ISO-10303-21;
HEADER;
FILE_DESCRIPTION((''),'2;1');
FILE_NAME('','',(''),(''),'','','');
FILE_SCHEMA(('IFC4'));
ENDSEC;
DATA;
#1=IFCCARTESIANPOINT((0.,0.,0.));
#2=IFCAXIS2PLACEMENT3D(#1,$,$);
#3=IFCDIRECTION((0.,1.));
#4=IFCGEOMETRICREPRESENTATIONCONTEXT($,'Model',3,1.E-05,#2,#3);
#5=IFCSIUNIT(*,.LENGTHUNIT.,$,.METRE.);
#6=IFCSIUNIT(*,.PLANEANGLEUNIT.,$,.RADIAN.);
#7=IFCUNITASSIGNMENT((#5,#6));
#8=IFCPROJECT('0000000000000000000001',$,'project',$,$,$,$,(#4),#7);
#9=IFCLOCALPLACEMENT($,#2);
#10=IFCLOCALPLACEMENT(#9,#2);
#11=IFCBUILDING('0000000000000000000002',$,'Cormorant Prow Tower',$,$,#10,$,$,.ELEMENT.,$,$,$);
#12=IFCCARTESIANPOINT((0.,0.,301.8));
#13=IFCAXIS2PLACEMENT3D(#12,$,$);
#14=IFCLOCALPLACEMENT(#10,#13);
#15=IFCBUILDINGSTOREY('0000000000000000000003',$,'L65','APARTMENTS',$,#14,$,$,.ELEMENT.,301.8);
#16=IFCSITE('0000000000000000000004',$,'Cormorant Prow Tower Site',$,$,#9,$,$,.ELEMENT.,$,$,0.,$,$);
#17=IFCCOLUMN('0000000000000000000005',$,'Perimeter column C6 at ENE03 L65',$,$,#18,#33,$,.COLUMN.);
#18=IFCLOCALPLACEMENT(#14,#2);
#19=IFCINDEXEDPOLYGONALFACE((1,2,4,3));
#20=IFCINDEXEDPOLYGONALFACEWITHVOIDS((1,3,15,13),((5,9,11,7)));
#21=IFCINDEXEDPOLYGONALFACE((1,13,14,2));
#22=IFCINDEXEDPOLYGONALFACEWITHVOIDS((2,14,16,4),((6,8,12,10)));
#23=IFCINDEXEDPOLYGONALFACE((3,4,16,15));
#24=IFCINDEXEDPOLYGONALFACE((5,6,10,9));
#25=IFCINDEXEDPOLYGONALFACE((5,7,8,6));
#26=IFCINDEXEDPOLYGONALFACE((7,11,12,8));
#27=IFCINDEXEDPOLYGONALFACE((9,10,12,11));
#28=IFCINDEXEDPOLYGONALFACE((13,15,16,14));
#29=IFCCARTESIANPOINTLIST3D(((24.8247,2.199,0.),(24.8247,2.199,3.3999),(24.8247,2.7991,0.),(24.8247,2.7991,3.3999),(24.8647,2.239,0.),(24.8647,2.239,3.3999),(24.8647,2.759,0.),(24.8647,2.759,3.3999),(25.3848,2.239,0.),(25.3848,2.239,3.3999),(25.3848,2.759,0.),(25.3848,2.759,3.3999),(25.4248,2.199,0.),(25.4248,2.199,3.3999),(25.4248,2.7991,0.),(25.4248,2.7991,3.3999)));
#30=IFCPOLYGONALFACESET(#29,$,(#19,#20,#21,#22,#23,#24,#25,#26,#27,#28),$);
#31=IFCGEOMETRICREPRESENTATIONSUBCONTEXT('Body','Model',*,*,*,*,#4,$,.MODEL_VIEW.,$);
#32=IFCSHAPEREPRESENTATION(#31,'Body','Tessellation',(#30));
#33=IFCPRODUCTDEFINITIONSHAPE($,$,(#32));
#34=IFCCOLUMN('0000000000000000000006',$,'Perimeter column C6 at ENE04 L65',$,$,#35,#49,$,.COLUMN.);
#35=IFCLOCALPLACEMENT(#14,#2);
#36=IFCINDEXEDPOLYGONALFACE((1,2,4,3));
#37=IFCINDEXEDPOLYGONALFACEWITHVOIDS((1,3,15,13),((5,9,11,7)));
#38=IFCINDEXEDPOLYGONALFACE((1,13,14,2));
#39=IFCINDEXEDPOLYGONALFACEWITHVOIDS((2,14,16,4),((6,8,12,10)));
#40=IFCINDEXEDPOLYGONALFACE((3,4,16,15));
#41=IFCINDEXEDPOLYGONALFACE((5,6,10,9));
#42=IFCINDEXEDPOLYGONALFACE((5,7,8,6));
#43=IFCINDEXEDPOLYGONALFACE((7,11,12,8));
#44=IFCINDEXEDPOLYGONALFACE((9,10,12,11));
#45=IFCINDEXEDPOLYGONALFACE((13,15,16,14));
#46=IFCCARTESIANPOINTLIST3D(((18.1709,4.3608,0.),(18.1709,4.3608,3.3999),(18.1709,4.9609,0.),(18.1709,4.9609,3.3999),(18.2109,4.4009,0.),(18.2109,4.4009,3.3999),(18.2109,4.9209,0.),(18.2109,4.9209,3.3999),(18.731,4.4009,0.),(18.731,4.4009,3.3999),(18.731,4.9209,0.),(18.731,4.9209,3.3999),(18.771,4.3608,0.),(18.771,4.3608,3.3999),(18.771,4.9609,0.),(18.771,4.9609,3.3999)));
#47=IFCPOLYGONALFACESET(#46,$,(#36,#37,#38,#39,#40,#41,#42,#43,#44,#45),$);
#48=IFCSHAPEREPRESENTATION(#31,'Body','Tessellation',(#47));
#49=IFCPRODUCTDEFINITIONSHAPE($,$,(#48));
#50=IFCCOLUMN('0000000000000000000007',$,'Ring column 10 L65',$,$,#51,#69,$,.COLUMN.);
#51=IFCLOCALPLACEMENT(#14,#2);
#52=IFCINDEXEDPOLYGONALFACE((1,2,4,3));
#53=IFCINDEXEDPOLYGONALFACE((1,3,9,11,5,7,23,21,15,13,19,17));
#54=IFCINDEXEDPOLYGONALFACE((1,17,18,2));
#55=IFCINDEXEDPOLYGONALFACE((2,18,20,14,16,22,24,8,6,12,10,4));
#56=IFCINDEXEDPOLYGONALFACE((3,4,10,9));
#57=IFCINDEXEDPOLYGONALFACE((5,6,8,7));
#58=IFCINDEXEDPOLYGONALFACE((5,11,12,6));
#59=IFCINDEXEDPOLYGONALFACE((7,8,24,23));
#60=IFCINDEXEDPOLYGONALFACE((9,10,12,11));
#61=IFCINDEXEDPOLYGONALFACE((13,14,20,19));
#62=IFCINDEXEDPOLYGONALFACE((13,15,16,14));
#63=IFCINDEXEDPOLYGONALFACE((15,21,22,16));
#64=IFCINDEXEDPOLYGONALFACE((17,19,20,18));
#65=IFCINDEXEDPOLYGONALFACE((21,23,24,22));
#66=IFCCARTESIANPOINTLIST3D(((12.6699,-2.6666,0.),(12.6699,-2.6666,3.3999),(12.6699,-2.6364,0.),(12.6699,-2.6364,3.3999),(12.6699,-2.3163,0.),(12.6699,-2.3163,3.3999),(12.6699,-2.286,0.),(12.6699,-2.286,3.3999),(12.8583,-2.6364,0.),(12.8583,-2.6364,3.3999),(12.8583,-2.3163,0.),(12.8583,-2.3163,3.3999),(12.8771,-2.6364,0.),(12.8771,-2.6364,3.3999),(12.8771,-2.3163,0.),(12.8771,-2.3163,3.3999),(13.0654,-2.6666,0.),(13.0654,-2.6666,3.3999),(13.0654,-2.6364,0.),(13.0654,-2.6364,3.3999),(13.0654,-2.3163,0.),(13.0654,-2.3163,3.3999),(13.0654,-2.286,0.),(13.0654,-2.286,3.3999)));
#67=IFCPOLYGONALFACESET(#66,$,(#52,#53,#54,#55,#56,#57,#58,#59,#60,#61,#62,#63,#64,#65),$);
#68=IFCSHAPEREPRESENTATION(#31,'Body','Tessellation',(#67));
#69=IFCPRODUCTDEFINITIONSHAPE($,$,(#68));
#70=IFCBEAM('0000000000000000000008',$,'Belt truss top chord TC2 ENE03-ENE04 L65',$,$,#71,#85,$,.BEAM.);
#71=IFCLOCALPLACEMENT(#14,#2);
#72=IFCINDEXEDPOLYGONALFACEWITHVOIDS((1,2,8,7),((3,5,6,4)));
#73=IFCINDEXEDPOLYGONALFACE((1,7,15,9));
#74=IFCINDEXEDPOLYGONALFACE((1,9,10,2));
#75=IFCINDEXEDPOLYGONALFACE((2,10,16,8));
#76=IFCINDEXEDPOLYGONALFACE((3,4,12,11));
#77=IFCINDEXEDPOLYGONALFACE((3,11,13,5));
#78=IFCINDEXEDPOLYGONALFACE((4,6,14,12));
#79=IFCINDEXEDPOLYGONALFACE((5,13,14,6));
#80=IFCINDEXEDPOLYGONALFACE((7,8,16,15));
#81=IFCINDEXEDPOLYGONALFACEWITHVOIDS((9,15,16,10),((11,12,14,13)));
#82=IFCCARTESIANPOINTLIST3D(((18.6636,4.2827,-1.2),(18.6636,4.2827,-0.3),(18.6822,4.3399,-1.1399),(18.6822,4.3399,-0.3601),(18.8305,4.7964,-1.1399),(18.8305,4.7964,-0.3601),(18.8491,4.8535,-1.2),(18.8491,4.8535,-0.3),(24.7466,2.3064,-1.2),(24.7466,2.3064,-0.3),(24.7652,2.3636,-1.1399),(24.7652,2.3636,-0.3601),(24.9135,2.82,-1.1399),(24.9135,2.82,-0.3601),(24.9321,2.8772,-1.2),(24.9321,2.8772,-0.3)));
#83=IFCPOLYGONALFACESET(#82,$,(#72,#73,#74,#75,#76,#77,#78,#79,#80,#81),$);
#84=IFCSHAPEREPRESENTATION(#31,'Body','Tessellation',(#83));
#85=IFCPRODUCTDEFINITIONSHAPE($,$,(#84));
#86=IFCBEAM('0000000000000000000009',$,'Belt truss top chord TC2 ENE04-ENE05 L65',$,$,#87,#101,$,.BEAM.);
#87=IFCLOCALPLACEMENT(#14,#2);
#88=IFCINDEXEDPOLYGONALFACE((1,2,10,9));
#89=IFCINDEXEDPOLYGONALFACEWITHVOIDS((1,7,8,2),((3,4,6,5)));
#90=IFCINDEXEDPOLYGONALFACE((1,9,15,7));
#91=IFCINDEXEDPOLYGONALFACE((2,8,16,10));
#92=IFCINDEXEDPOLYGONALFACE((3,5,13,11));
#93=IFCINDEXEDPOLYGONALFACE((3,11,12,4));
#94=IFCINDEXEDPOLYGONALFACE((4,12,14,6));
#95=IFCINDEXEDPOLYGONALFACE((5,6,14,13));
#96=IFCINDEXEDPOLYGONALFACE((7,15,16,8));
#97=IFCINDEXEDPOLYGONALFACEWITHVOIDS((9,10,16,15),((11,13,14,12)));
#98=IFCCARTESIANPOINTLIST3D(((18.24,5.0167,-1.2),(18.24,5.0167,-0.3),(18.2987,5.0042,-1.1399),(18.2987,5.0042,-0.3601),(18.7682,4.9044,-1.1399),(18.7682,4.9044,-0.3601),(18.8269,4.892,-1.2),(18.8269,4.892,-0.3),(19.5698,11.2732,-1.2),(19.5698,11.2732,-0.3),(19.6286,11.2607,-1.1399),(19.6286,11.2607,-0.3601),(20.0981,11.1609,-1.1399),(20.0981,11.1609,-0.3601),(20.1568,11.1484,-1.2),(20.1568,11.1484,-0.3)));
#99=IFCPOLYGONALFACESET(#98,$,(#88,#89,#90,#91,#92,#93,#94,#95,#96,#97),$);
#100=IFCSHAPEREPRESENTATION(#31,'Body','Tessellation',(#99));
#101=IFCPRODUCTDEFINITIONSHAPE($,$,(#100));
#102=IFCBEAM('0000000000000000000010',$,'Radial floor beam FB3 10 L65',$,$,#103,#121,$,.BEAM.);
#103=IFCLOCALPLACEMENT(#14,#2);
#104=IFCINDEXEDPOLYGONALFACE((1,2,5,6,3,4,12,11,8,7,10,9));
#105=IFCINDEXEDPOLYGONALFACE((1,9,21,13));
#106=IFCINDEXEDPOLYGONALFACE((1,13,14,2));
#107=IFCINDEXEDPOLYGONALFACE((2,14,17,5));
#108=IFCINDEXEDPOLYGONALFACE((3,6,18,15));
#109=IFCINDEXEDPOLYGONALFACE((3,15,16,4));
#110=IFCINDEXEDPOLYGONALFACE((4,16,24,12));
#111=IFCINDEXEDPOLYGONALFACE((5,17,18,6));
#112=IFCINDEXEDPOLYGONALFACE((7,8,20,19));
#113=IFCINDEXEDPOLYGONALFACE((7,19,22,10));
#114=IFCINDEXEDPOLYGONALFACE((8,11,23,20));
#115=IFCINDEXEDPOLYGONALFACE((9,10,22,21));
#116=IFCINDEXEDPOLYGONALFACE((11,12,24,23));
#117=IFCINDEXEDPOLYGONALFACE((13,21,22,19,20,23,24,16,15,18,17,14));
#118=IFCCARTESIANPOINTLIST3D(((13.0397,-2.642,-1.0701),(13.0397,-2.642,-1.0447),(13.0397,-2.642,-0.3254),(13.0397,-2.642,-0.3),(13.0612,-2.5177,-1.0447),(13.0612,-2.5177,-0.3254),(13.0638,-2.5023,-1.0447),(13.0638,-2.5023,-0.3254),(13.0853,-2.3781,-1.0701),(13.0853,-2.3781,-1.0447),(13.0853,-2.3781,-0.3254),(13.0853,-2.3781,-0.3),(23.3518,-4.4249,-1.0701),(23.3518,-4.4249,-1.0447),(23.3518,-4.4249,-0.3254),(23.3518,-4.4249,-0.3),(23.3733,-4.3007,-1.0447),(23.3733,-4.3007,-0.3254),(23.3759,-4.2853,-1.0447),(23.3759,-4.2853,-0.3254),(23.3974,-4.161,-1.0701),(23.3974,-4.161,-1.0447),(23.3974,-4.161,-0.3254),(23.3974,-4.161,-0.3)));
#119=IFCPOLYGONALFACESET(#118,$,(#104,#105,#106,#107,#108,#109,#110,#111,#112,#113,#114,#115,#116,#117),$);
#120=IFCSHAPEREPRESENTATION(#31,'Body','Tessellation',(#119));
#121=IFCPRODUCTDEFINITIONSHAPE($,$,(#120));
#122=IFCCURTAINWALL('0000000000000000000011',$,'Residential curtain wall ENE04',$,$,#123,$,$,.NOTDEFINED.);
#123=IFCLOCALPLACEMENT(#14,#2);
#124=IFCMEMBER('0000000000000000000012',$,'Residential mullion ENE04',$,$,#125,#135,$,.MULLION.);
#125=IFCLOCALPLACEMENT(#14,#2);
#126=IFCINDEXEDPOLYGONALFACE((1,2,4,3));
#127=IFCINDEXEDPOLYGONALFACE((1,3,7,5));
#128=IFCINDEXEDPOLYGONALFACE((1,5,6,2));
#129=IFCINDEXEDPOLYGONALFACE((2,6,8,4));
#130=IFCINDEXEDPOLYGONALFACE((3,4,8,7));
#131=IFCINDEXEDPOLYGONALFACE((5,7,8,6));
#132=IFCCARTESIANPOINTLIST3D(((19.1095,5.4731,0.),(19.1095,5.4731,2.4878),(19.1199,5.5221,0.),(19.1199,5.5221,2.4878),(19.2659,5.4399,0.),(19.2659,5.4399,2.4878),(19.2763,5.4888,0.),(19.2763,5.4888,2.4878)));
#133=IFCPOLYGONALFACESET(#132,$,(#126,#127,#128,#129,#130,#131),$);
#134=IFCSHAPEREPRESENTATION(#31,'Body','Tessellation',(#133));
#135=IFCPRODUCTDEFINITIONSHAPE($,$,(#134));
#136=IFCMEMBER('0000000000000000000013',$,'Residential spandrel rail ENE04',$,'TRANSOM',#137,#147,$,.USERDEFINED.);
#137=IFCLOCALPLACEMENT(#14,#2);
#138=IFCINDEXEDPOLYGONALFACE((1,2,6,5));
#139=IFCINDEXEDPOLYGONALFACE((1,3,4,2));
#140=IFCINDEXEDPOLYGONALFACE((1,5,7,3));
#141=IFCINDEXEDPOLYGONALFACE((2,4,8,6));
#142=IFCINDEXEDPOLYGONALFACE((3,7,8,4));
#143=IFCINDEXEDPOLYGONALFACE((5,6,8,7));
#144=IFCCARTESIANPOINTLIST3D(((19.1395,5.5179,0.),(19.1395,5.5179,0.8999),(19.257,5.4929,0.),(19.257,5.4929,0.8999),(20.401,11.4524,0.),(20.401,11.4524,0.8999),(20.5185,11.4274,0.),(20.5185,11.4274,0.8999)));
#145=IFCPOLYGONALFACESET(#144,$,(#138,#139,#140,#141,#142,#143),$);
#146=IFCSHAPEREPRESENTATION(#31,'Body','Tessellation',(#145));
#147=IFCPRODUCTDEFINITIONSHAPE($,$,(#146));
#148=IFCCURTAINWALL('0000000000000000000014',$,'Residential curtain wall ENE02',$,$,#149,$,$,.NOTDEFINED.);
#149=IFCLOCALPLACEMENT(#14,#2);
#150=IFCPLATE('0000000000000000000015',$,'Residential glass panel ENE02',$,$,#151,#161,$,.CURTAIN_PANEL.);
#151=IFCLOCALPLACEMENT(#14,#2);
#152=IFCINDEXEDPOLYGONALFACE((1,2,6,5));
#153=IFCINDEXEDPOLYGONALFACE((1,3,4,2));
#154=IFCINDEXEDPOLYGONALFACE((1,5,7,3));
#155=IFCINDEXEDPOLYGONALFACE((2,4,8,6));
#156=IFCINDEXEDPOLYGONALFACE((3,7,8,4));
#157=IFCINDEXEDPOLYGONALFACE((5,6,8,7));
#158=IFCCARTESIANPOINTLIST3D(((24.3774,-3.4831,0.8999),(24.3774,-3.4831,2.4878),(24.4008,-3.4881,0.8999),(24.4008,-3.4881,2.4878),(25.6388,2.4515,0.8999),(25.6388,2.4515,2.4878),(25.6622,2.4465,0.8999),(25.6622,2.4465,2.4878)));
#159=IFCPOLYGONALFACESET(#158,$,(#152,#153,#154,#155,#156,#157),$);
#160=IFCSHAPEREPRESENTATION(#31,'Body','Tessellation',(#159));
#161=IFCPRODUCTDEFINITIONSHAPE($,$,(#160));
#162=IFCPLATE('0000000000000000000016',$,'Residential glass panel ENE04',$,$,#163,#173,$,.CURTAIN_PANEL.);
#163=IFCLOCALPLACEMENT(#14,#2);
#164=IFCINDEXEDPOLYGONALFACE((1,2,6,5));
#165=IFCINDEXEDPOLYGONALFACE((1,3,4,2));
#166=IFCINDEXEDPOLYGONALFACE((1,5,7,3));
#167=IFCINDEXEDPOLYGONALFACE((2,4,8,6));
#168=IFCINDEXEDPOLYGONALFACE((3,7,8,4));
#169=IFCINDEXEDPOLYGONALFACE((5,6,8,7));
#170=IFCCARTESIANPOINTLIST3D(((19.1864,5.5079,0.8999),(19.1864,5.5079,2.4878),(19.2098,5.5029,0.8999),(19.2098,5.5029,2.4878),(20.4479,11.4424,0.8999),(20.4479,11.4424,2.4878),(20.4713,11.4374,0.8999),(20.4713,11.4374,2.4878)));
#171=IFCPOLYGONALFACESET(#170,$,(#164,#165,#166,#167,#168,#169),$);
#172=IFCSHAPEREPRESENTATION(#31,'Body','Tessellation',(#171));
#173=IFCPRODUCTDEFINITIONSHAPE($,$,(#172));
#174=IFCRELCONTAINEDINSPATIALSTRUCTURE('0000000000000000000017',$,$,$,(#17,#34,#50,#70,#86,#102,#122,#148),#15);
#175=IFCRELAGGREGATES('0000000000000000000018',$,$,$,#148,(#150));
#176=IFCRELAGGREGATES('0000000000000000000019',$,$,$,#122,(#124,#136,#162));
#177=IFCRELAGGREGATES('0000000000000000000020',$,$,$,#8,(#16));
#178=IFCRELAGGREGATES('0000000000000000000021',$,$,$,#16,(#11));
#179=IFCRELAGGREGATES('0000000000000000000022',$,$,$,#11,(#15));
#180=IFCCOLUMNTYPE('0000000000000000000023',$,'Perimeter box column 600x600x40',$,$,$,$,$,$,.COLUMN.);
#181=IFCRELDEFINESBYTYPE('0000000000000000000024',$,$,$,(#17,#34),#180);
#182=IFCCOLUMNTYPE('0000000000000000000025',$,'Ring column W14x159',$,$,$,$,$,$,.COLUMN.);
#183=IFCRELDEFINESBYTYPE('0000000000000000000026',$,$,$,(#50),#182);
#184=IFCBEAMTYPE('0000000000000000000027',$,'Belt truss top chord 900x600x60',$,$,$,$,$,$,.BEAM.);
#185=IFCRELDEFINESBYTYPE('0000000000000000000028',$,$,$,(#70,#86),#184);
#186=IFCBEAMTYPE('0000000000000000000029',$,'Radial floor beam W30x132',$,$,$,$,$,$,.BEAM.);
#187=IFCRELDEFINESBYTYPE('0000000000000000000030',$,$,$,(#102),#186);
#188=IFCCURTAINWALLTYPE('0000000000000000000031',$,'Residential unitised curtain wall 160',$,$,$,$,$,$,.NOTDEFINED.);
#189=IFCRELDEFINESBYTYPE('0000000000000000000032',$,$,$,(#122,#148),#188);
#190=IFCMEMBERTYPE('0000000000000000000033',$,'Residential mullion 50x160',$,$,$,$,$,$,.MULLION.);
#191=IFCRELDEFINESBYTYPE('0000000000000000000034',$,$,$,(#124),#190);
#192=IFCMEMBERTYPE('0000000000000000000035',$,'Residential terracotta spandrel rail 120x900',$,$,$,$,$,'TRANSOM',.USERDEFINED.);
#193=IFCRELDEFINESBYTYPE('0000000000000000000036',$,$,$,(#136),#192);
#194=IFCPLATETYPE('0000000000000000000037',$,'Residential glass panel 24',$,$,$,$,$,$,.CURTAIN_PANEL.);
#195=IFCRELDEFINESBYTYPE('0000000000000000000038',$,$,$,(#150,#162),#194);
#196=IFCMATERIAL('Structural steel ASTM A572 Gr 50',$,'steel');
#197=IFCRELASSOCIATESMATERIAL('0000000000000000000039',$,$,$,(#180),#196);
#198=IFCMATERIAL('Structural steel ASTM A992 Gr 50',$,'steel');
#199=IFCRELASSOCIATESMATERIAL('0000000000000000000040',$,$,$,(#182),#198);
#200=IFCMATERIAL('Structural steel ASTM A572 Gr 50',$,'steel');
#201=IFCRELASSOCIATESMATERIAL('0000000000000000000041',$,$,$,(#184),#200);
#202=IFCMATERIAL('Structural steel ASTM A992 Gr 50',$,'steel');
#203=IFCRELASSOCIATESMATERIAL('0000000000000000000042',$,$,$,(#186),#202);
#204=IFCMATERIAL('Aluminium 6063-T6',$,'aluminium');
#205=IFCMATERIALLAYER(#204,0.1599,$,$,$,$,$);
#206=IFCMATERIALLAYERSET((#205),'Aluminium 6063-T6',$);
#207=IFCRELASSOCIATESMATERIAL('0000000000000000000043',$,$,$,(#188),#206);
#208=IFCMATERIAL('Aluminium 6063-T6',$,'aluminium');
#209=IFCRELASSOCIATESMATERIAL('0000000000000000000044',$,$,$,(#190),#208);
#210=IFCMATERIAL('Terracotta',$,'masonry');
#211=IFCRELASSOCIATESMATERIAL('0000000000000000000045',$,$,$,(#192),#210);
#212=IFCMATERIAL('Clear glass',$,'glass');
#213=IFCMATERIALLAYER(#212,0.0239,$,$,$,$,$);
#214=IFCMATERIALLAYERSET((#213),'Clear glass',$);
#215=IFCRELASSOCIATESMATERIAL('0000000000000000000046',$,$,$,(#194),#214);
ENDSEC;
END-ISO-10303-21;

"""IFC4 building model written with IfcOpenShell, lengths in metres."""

from ifc_helpers import new_model, si_unit, direction, frame, origin, origin_2d, place, context, subcontext, project, spatial, rectangle, hollow_rectangle, i_section, extrude, material, layer, layer_set, material_profile, profile_set, type_object, element, aggregate, save


model = new_model("IFC4")

# Units and contexts
model_context = context("Model", 3, precision=1e-05, world=origin(), true_north=direction((0.0, 1.0)))
body_context = subcontext(model_context, "Body", "Model", "MODEL_VIEW")
ifc_project = project(units=[si_unit("LENGTHUNIT", "METRE"), si_unit("PLANEANGLEUNIT", "RADIAN")], contexts=[model_context])

# Site, building, storey
site_placement = place(None, origin())
site = spatial("IfcSite", under=ifc_project, at=site_placement, Name="Cormorant Prow Tower Site", CompositionType="ELEMENT", RefElevation=0.0)
building_placement = place(site_placement, origin())
building = spatial("IfcBuilding", under=site, at=building_placement, Name="Cormorant Prow Tower", CompositionType="ELEMENT")
storey_placement = place(building_placement, frame((0.0, 0.0, 301.8)))
storey = spatial("IfcBuildingStorey", under=building, at=storey_placement, Name="L65", Description="APARTMENTS", CompositionType="ELEMENT", Elevation=301.8)

# Columns
ifc_material_1 = material(Name="Structural steel ASTM A572 Gr 50", Category="steel")
ifc_material_profile_1 = material_profile(ifc_material_1, hollow_rectangle(XDim=0.6001, YDim=0.6001, WallThickness=0.04, at=origin_2d()), Name="Box 600x600x40")
ifc_profile_set_1 = profile_set([ifc_material_profile_1], Name="Structural steel ASTM A572 Gr 50")
column_type_1 = type_object("IfcColumnType", Name="Perimeter box column 600x600x40", PredefinedType="COLUMN", material=ifc_profile_set_1)
for number, where, z_axis, x_axis, name in (
    (1, (25.1248, 2.499, 0.0), (0.0, 0.0, 1.0), (1.0, 0.0, 0.0), "Perimeter column C6 at ENE03 L65"),
    (2, (18.4709, 4.6609, 0.0), (0.0, 0.0, 1.0), (1.0, 0.0, 0.0), "Perimeter column C6 at ENE04 L65"),
):
    element("IfcColumn", number, at=place(storey_placement, frame(where, z_axis=z_axis, x_axis=x_axis)), inside=storey, type_object=column_type_1, Name=name, PredefinedType="COLUMN", context=body_context, shape_type="SweptSolid", body=[
        extrude(hollow_rectangle(XDim=0.6001, YDim=0.6001, WallThickness=0.04, at=origin_2d()), origin(), (0.0, 0.0, 1.0), 3.3999),
    ])
ifc_material_2 = material(Name="Structural steel ASTM A992 Gr 50", Category="steel")
ifc_material_profile_2 = material_profile(ifc_material_2, i_section(OverallWidth=0.3955, OverallDepth=0.3806, WebThickness=0.0188, FlangeThickness=0.0303, at=origin_2d()), Name="W14x159")
ifc_profile_set_2 = profile_set([ifc_material_profile_2], Name="Structural steel ASTM A992 Gr 50")
column_type_2 = type_object("IfcColumnType", Name="Ring column W14x159", PredefinedType="COLUMN", material=ifc_profile_set_2)
column_placement = place(storey_placement, frame((12.8677, -2.4763, 0.0), z_axis=(0.0, 0.0, 1.0), x_axis=(1.0, 0.0, 0.0)))
element("IfcColumn", 3, at=column_placement, inside=storey, type_object=column_type_2, Name="Ring column 10 L65", PredefinedType="COLUMN", context=body_context, shape_type="SweptSolid", body=[
    extrude(i_section(OverallWidth=0.3955, OverallDepth=0.3806, WebThickness=0.0188, FlangeThickness=0.0303, at=origin_2d()), origin(), (0.0, 0.0, 1.0), 3.3999),
])

# Beams
ifc_material_3 = material(Name="Structural steel ASTM A572 Gr 50", Category="steel")
ifc_material_profile_3 = material_profile(ifc_material_3, hollow_rectangle(XDim=0.6001, YDim=0.8999, WallThickness=0.0601, at=origin_2d()), Name="Box 900x600x60")
ifc_profile_set_3 = profile_set([ifc_material_profile_3], Name="Structural steel ASTM A572 Gr 50")
beam_type_1 = type_object("IfcBeamType", Name="Belt truss top chord 900x600x60", PredefinedType="BEAM", material=ifc_profile_set_3)
beam_1_placement = place(storey_placement, frame((24.8394, 2.5918, -0.75), z_axis=(-0.951064, 0.308993, 0.0), x_axis=(-0.308993, -0.951064, 0.0)))
element("IfcBeam", 4, at=beam_1_placement, inside=storey, type_object=beam_type_1, Name="Belt truss top chord TC2 ENE03-ENE04 L65", PredefinedType="BEAM", context=body_context, shape_type="SweptSolid", body=[
    extrude(hollow_rectangle(XDim=0.6001, YDim=0.8999, WallThickness=0.0601, at=origin_2d()), origin(), (0.0, 0.0, 1.0), 6.396),
])
beam_2_placement = place(storey_placement, frame((18.5334, 4.9543, -0.75), z_axis=(0.207913, 0.978147, 0.0), x_axis=(-0.978147, 0.207913, 0.0)))
element("IfcBeam", 5, at=beam_2_placement, inside=storey, type_object=beam_type_1, Name="Belt truss top chord TC2 ENE04-ENE05 L65", PredefinedType="BEAM", context=body_context, shape_type="SweptSolid", body=[
    extrude(hollow_rectangle(XDim=0.6001, YDim=0.8999, WallThickness=0.0601, at=origin_2d()), origin(), (0.0, 0.0, 1.0), 6.3962),
])
ifc_material_4 = material(Name="Structural steel ASTM A992 Gr 50", Category="steel")
ifc_material_profile_4 = material_profile(ifc_material_4, i_section(OverallWidth=0.2678, OverallDepth=0.77, WebThickness=0.0156, FlangeThickness=0.0254, at=origin_2d()), Name="W30x132")
ifc_profile_set_4 = profile_set([ifc_material_profile_4], Name="Structural steel ASTM A992 Gr 50")
beam_type_2 = type_object("IfcBeamType", Name="Radial floor beam W30x132", PredefinedType="BEAM", material=ifc_profile_set_4)
beam_3_placement = place(storey_placement, frame((13.0625, -2.51, -0.6851), z_axis=(0.98538, -0.170373, 0.0), x_axis=(0.170373, 0.98538, 0.0)))
element("IfcBeam", 6, at=beam_3_placement, inside=storey, type_object=beam_type_2, Name="Radial floor beam FB3 10 L65", PredefinedType="BEAM", context=body_context, shape_type="SweptSolid", body=[
    extrude(i_section(OverallWidth=0.2678, OverallDepth=0.77, WebThickness=0.0156, FlangeThickness=0.0254, at=origin_2d()), origin(), (0.0, 0.0, 1.0), 10.4651),
])

# Curtain wall, members
ifc_material_5 = material(Name="Aluminium 6063-T6", Category="aluminium")
ifc_layer_1 = layer(ifc_material_5, 0.1599)
ifc_layer_set_1 = layer_set([ifc_layer_1], Name="Aluminium 6063-T6")
curtain_wall_type = type_object("IfcCurtainWallType", Name="Residential unitised curtain wall 160", PredefinedType="NOTDEFINED", material=ifc_layer_set_1)
curtain_wall_1_placement = place(storey_placement, origin())
curtain_wall_1 = element("IfcCurtainWall", 7, at=curtain_wall_1_placement, inside=storey, type_object=curtain_wall_type, Name="Residential curtain wall ENE04", PredefinedType="NOTDEFINED")
ifc_material_6 = material(Name="Aluminium 6063-T6", Category="aluminium")
ifc_material_profile_5 = material_profile(ifc_material_6, rectangle(XDim=0.1599, YDim=0.05, at=origin_2d()), Name="Residential mullion 50x160")
ifc_profile_set_5 = profile_set([ifc_material_profile_5], Name="Aluminium 6063-T6")
member_type_1 = type_object("IfcMemberType", Name="Residential mullion 50x160", PredefinedType="MULLION", material=ifc_profile_set_5)
member_1_placement = place(storey_placement, frame((19.1929, 5.481, 0.0), z_axis=(0.0, 0.0, 1.0), x_axis=(-0.978148, 0.207912, 0.0)))
member_1 = element("IfcMember", 8, at=member_1_placement, type_object=member_type_1, Name="Residential mullion ENE04", PredefinedType="MULLION", context=body_context, shape_type="SweptSolid", body=[
    extrude(rectangle(XDim=0.1599, YDim=0.05, at=origin_2d()), origin(), (0.0, 0.0, 1.0), 2.4878),
])
ifc_material_7 = material(Name="Terracotta", Category="masonry")
ifc_material_profile_6 = material_profile(ifc_material_7, rectangle(XDim=0.1201, YDim=0.8999, at=origin_2d()), Name="Residential terracotta spandrel rail 120x900")
ifc_profile_set_6 = profile_set([ifc_material_profile_6], Name="Terracotta")
member_type_2 = type_object("IfcMemberType", Name="Residential terracotta spandrel rail 120x900", ElementType="TRANSOM", PredefinedType="USERDEFINED", material=ifc_profile_set_6)
member_2_placement = place(storey_placement, frame((19.1982, 5.5054, 0.45), z_axis=(0.207918, 0.978146, 0.0), x_axis=(-0.978146, 0.207918, 0.0)))
member_2 = element("IfcMember", 9, at=member_2_placement, type_object=member_type_2, Name="Residential spandrel rail ENE04", ObjectType="TRANSOM", PredefinedType="USERDEFINED", context=body_context, shape_type="SweptSolid", body=[
    extrude(rectangle(XDim=0.1201, YDim=0.8999, at=origin_2d()), origin(), (0.0, 0.0, 1.0), 6.0671),
])

# Curtain wall, plate
curtain_wall_2_placement = place(storey_placement, origin())
curtain_wall_2 = element("IfcCurtainWall", 10, at=curtain_wall_2_placement, inside=storey, type_object=curtain_wall_type, Name="Residential curtain wall ENE02", PredefinedType="NOTDEFINED")
ifc_material_8 = material(Name="Clear glass", Category="glass")
ifc_layer_2 = layer(ifc_material_8, 0.0239)
ifc_layer_set_2 = layer_set([ifc_layer_2], Name="Clear glass")
plate_type = type_object("IfcPlateType", Name="Residential glass panel 24", PredefinedType="CURTAIN_PANEL", material=ifc_layer_set_2)
plate_1_placement = place(storey_placement, frame((25.0198, -0.5183, 0.8999), z_axis=(0.0, 0.0, 1.0), x_axis=(0.207912, 0.978148, 0.0)))
plate_1 = element("IfcPlate", 11, at=plate_1_placement, type_object=plate_type, Name="Residential glass panel ENE02", PredefinedType="CURTAIN_PANEL", context=body_context, shape_type="SweptSolid", body=[
    extrude(rectangle(XDim=6.0671, YDim=0.0239, at=origin_2d()), origin(), (0.0, 0.0, 1.0), 1.5879),
])
aggregate(curtain_wall_2, [plate_1])

# Plate
plate_2_placement = place(storey_placement, frame((19.8289, 8.4727, 0.8999), z_axis=(0.0, 0.0, 1.0), x_axis=(0.207912, 0.978148, 0.0)))
plate_2 = element("IfcPlate", 12, at=plate_2_placement, type_object=plate_type, Name="Residential glass panel ENE04", PredefinedType="CURTAIN_PANEL", context=body_context, shape_type="SweptSolid", body=[
    extrude(rectangle(XDim=6.0671, YDim=0.0239, at=origin_2d()), origin(), (0.0, 0.0, 1.0), 1.5879),
])
aggregate(curtain_wall_1, [member_1, member_2, plate_2])

save(model, "model.ifc")
